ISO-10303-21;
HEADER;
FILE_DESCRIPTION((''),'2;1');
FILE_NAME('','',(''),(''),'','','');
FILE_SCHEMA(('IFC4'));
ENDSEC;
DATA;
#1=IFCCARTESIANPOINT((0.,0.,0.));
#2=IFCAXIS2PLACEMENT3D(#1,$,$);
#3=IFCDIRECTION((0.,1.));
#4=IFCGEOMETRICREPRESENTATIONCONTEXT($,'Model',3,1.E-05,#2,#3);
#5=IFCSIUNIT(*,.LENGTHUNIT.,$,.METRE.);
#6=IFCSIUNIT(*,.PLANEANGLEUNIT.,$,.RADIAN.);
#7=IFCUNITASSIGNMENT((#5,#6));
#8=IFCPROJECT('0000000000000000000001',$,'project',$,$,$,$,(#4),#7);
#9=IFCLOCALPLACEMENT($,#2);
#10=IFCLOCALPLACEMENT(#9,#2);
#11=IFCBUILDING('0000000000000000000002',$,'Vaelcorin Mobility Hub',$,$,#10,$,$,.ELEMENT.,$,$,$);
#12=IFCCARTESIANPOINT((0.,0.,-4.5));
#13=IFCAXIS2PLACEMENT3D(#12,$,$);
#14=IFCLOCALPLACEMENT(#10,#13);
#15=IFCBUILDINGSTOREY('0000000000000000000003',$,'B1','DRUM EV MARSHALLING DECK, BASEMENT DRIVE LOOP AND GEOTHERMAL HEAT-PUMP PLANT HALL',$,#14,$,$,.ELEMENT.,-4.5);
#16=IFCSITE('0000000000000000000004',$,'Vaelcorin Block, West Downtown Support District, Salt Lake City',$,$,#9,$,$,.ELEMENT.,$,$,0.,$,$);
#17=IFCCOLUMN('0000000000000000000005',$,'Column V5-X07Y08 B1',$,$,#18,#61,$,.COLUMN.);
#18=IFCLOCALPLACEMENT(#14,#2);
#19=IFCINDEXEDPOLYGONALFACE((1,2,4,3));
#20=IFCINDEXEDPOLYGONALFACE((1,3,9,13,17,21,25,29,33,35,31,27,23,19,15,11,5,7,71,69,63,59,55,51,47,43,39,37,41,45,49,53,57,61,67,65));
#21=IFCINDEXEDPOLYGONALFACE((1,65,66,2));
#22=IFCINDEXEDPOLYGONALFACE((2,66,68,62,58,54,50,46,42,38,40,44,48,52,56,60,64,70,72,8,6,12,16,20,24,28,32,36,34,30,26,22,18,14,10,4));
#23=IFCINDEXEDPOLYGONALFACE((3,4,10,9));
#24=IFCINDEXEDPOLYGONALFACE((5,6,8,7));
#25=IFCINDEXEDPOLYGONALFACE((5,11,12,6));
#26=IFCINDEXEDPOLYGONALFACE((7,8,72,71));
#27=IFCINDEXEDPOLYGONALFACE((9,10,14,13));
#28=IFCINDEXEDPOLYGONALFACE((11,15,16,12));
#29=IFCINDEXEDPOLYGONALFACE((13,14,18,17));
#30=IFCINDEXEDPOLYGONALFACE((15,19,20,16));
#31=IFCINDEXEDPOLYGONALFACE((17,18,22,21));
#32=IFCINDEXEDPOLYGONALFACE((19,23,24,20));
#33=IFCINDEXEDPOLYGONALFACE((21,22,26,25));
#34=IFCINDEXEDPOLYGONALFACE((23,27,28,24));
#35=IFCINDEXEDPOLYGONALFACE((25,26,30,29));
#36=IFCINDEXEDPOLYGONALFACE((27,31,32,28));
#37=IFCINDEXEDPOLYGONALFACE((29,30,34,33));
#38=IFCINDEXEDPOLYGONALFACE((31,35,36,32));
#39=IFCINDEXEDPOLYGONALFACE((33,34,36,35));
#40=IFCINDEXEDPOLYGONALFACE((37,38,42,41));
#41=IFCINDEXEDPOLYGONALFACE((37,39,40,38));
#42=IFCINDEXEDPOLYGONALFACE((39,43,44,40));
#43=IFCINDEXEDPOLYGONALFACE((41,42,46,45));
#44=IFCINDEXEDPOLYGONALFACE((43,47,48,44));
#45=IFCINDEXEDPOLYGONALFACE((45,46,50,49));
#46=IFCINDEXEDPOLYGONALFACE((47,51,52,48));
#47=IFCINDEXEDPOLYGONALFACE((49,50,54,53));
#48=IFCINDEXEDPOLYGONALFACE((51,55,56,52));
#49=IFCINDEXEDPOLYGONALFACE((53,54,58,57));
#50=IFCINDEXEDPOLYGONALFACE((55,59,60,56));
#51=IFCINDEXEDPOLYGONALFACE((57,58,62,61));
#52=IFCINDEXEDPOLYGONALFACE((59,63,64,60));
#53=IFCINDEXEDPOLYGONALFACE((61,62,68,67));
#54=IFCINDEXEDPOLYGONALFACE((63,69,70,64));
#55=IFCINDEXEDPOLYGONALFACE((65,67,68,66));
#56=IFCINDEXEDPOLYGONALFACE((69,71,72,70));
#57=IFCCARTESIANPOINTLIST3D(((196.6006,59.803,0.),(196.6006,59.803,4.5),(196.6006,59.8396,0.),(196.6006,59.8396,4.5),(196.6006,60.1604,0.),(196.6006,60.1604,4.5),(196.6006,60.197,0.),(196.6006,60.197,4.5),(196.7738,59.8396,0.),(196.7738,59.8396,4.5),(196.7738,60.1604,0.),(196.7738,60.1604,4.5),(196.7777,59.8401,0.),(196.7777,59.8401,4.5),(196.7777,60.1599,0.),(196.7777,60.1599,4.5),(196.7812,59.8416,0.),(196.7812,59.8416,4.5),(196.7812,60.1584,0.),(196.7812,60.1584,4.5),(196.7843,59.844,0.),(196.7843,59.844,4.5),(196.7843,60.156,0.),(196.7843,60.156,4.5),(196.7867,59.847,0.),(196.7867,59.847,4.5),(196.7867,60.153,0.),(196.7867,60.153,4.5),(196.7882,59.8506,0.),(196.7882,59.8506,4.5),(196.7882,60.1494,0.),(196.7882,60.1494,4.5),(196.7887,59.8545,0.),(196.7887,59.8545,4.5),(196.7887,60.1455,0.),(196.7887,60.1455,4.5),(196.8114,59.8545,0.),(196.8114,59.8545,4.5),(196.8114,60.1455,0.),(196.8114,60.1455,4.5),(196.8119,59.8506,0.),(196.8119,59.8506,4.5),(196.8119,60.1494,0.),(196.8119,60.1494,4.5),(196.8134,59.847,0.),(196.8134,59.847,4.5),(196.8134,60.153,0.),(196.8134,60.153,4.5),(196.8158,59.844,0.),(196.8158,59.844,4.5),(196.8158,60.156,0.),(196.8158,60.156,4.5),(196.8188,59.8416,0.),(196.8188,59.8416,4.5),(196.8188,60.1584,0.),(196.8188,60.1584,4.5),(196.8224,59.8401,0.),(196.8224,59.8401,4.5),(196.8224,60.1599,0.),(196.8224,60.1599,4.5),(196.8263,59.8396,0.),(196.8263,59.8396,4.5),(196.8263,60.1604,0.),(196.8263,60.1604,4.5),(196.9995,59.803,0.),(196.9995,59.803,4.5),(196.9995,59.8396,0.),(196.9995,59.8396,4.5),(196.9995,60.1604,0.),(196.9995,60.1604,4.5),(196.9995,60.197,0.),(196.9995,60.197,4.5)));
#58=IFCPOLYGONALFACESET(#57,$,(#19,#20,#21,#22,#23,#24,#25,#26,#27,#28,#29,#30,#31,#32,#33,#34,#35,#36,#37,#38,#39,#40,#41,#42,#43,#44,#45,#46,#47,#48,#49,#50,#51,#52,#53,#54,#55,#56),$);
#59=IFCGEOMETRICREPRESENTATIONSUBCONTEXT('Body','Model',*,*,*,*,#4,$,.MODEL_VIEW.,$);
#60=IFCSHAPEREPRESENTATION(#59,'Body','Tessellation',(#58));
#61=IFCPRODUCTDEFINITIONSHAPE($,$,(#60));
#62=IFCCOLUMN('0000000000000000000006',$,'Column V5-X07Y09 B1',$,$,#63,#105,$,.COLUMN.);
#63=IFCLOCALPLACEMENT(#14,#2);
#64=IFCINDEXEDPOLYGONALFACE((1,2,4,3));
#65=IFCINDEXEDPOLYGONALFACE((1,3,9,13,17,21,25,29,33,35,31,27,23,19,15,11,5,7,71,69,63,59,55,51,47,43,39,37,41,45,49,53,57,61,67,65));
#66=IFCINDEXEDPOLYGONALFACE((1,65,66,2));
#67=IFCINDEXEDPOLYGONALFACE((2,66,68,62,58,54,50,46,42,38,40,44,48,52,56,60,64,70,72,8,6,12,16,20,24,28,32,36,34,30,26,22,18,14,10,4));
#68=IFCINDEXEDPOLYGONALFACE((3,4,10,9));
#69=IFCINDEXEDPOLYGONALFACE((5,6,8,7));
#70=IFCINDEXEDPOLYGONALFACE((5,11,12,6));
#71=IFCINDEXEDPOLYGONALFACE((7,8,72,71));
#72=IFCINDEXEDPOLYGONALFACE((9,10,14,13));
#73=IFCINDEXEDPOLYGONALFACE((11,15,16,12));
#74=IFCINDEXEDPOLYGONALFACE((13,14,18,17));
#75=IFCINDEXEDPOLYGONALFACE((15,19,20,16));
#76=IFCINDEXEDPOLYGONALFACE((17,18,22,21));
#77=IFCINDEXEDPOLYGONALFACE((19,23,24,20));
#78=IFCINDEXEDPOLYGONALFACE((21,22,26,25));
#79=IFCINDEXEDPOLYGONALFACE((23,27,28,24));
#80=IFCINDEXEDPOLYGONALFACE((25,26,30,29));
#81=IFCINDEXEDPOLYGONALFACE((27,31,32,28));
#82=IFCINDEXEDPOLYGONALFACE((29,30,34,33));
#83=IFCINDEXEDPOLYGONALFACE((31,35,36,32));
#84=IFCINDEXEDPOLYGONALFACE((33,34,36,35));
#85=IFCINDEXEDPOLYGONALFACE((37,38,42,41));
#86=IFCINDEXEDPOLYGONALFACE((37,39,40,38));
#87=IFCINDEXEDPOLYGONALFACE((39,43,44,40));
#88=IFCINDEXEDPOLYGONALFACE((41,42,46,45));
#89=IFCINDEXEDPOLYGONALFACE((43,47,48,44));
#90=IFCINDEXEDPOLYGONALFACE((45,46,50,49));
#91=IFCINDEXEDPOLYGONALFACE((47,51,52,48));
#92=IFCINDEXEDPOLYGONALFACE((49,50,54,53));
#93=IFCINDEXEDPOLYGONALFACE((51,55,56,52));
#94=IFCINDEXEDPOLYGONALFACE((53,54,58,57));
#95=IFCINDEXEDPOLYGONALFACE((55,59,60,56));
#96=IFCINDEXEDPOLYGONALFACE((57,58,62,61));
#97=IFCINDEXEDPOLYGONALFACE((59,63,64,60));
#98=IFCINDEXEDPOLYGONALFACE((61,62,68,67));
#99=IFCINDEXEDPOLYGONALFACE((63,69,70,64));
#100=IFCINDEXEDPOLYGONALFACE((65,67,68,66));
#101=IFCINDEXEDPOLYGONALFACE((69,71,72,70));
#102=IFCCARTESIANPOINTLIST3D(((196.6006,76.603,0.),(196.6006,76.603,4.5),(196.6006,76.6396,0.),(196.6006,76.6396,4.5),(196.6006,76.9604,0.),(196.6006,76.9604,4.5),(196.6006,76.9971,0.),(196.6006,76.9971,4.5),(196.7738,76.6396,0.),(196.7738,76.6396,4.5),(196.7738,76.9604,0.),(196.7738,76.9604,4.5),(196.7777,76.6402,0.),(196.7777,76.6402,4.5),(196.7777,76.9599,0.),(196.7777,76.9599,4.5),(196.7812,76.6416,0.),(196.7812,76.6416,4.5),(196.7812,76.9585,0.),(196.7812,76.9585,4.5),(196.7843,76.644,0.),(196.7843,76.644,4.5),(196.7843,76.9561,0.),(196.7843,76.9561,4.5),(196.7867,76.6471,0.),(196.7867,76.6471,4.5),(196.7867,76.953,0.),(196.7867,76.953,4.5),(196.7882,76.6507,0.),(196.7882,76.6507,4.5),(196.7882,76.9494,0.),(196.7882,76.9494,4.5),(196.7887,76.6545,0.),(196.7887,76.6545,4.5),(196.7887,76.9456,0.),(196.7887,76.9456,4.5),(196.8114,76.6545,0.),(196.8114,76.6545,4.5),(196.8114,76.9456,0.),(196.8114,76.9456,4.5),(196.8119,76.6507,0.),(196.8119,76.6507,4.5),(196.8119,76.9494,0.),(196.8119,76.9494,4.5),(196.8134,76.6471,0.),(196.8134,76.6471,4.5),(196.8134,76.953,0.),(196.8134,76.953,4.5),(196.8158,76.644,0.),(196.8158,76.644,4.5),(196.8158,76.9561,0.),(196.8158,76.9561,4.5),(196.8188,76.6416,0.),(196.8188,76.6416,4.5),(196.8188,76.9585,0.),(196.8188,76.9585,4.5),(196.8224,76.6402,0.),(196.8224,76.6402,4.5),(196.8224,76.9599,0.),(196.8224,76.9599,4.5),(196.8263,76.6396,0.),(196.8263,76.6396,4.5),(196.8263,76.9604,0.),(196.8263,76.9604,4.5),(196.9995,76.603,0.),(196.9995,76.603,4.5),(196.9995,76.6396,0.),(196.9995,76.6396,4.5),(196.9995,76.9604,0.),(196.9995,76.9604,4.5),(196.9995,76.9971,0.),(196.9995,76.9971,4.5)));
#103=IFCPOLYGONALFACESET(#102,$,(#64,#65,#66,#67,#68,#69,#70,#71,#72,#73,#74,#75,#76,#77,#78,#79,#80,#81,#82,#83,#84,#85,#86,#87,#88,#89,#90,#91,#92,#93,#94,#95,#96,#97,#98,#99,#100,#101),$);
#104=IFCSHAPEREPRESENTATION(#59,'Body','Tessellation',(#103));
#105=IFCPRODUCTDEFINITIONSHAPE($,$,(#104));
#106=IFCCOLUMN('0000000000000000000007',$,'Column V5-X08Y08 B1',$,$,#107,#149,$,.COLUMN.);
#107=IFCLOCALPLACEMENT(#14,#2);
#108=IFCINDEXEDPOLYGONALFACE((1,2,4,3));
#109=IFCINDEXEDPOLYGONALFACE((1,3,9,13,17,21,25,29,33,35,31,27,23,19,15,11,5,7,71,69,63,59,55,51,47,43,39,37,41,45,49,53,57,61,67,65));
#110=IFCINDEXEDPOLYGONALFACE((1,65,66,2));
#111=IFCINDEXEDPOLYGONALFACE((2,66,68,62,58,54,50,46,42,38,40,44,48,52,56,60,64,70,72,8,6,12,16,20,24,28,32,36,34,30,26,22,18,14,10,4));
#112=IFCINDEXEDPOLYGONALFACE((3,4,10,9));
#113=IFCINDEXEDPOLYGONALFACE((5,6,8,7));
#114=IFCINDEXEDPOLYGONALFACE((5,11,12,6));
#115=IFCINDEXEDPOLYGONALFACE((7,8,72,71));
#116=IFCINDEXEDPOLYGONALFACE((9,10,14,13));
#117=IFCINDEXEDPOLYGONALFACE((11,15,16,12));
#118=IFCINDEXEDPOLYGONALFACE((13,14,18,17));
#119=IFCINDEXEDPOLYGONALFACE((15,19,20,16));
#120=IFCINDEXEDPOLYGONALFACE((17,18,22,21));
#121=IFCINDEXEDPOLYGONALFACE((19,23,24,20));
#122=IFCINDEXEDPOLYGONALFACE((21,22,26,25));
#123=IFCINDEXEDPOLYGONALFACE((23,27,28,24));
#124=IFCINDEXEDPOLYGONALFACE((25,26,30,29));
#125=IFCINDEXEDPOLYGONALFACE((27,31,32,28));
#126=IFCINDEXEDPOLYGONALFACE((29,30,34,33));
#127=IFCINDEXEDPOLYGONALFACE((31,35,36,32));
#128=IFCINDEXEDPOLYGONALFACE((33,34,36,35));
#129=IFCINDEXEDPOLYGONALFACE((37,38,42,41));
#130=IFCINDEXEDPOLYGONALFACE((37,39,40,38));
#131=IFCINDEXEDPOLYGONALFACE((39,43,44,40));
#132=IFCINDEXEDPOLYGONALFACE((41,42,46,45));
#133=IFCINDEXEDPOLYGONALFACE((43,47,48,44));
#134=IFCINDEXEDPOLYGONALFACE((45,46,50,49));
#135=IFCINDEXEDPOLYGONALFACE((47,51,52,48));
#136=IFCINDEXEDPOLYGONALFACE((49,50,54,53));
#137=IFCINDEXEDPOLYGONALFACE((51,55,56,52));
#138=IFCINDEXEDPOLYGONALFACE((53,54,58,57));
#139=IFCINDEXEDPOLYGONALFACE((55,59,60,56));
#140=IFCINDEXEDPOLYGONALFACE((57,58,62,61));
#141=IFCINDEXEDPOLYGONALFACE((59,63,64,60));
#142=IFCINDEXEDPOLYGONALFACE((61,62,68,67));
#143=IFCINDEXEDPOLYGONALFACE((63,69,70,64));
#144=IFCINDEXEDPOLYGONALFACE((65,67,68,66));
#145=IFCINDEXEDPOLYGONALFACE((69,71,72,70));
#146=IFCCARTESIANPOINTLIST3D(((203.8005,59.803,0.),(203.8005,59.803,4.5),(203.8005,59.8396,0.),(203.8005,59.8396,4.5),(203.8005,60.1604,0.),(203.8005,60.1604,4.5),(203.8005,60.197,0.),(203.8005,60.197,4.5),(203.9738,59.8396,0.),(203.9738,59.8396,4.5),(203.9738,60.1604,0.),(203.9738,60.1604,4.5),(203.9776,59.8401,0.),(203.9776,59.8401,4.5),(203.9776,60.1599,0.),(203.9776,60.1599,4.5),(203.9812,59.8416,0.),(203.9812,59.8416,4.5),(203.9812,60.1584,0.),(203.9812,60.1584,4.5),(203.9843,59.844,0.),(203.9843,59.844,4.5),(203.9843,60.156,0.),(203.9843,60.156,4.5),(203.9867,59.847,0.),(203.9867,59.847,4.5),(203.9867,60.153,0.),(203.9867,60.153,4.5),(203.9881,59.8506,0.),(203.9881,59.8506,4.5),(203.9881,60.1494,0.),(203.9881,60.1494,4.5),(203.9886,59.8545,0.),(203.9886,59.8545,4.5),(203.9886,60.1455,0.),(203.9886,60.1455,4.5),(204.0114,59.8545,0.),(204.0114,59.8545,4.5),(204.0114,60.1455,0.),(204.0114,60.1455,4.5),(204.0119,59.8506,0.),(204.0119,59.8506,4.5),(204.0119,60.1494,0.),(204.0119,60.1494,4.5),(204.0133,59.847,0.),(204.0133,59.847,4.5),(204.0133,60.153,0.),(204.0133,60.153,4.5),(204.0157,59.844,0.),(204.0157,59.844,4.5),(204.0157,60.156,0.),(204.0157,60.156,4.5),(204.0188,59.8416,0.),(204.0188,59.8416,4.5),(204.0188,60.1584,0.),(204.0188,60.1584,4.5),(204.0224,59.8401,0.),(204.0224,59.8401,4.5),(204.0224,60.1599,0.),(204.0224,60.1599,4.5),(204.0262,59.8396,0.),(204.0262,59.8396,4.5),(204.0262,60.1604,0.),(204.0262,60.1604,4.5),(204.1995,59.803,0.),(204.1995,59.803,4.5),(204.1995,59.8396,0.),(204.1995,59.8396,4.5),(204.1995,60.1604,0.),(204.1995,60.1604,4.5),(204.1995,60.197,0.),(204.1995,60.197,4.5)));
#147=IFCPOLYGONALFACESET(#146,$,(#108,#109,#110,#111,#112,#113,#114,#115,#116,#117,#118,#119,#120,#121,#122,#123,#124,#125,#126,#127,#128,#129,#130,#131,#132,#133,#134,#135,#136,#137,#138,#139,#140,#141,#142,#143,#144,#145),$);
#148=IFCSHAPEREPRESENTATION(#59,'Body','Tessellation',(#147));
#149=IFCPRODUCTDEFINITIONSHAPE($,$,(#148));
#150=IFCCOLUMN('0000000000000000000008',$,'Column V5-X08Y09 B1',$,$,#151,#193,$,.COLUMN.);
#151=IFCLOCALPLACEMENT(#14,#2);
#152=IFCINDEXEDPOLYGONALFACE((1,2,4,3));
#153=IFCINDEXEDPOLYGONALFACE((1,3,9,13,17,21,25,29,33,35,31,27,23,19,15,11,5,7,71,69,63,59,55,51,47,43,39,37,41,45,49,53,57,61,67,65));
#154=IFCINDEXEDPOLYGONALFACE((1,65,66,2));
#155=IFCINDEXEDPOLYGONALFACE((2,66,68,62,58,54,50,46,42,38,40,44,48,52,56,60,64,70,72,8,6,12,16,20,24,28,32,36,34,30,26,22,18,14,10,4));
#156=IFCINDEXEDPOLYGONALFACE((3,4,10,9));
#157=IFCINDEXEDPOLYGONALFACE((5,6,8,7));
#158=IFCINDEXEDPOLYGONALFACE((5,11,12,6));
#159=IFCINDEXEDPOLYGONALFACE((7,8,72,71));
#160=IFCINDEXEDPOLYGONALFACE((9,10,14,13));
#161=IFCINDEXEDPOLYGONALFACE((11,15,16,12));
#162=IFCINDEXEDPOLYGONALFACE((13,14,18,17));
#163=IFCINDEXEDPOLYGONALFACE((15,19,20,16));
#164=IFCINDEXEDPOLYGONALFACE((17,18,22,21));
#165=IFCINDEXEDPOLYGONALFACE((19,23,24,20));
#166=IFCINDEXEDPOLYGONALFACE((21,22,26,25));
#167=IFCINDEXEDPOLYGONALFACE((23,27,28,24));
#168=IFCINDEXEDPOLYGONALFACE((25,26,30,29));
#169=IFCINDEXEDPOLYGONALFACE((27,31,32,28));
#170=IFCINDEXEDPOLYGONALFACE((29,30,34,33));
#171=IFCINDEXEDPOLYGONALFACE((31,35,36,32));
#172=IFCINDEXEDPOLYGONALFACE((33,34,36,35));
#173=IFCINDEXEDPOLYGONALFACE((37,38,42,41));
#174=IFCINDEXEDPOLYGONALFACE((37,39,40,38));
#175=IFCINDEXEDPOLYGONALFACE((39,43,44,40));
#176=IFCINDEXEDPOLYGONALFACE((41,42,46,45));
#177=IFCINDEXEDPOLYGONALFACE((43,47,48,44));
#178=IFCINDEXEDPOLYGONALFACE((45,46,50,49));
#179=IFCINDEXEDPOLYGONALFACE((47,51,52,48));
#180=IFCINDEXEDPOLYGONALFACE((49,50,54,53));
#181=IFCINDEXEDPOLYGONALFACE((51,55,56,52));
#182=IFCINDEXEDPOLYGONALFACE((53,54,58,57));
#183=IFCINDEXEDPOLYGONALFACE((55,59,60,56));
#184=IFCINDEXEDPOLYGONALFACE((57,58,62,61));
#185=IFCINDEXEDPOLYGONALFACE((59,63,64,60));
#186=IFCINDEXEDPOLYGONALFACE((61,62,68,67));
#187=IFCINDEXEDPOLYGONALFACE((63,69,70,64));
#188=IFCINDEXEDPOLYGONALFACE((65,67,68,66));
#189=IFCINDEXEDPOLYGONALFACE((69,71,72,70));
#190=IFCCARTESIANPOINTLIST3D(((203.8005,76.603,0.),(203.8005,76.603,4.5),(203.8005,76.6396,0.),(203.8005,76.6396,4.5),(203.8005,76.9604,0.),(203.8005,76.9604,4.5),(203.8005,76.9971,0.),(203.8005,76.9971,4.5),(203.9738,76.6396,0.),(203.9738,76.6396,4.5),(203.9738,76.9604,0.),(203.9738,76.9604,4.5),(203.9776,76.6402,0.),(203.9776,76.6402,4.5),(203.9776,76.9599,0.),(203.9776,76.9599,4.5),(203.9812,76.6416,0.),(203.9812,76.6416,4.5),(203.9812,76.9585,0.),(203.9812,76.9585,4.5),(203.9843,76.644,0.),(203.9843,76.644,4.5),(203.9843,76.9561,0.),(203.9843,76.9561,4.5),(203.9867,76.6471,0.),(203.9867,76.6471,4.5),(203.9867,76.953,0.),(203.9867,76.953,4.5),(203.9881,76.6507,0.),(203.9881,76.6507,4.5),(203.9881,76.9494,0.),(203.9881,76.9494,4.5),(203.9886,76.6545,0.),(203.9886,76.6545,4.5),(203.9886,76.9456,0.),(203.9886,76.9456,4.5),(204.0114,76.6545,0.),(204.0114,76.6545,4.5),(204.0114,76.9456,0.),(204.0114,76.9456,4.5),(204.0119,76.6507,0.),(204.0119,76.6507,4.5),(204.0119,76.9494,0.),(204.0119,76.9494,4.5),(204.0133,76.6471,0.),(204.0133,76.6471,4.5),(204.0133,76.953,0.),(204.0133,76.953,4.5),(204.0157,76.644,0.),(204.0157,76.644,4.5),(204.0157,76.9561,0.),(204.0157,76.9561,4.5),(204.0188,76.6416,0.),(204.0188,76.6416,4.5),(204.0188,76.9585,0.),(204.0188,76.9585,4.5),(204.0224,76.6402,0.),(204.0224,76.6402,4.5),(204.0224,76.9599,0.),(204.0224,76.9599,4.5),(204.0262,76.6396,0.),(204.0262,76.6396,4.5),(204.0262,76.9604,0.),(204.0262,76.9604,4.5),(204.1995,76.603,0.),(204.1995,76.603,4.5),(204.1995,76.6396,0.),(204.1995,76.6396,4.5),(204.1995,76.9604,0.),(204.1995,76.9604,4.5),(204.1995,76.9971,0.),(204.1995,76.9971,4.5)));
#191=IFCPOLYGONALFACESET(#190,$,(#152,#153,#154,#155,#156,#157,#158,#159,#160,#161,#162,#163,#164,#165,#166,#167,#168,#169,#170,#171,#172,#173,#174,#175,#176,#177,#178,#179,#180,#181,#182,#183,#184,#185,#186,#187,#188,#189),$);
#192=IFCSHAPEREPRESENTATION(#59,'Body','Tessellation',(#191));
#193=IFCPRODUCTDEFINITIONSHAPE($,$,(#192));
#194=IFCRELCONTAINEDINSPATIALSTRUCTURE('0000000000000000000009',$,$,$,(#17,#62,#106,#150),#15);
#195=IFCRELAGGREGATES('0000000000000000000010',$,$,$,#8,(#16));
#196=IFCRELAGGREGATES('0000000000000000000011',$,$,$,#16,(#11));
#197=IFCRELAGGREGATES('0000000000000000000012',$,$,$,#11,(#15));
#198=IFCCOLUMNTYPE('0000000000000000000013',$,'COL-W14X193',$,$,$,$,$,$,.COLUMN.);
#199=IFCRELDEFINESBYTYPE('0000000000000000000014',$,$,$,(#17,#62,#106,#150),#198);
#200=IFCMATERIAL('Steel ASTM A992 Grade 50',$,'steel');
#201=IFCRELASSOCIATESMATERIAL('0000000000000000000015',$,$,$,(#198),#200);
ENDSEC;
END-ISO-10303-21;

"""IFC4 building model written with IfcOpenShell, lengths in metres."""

from ifc_helpers import new_model, si_unit, direction, frame, origin, origin_2d, place, context, subcontext, project, spatial, i_section, extrude, material, material_profile, profile_set, type_object, element, save


model = new_model("IFC4")

# Units and contexts
model_context = context("Model", 3, precision=1e-05, world=origin(), true_north=direction((0.0, 1.0)))
body_context = subcontext(model_context, "Body", "Model", "MODEL_VIEW")
ifc_project = project(units=[si_unit("LENGTHUNIT", "METRE"), si_unit("PLANEANGLEUNIT", "RADIAN")], contexts=[model_context])

# Site, building, storey
site_placement = place(None, origin())
site = spatial("IfcSite", under=ifc_project, at=site_placement, Name="Vaelcorin Block, West Downtown Support District, Salt Lake City", CompositionType="ELEMENT", RefElevation=0.0)
building_placement = place(site_placement, origin())
building = spatial("IfcBuilding", under=site, at=building_placement, Name="Vaelcorin Mobility Hub", CompositionType="ELEMENT")
storey_placement = place(building_placement, frame((0.0, 0.0, -4.5)))
storey = spatial("IfcBuildingStorey", under=building, at=storey_placement, Name="B1", Description="DRUM EV MARSHALLING DECK, BASEMENT DRIVE LOOP AND GEOTHERMAL HEAT-PUMP PLANT HALL", CompositionType="ELEMENT", Elevation=-4.5)

# Columns
ifc_material_1 = material(Name="Steel ASTM A992 Grade 50", Category="steel")
ifc_material_profile_1 = material_profile(ifc_material_1, i_section(OverallWidth=0.3989, OverallDepth=0.394, WebThickness=0.0227, FlangeThickness=0.0366, FilletRadius=0.0149, at=origin_2d()), Name="W14X193")
ifc_profile_set_1 = profile_set([ifc_material_profile_1], Name="Steel ASTM A992 Grade 50")
column_type = type_object("IfcColumnType", Name="COL-W14X193", PredefinedType="COLUMN", material=ifc_profile_set_1)
for number, where, z_axis, x_axis, name in (
    (1, (196.8, 60.0, 0.0), (0.0, 0.0, 1.0), (1.0, 0.0, 0.0), "Column V5-X07Y08 B1"),
    (2, (196.8, 76.8, 0.0), (0.0, 0.0, 1.0), (1.0, 0.0, 0.0), "Column V5-X07Y09 B1"),
    (3, (204.0, 60.0, 0.0), (0.0, 0.0, 1.0), (1.0, 0.0, 0.0), "Column V5-X08Y08 B1"),
    (4, (204.0, 76.8, 0.0), (0.0, 0.0, 1.0), (1.0, 0.0, 0.0), "Column V5-X08Y09 B1"),
):
    element("IfcColumn", number, at=place(storey_placement, frame(where, z_axis=z_axis, x_axis=x_axis)), inside=storey, type_object=column_type, Name=name, PredefinedType="COLUMN", context=body_context, shape_type="SweptSolid", body=[
        extrude(i_section(OverallWidth=0.3989, OverallDepth=0.394, WebThickness=0.0227, FlangeThickness=0.0366, FilletRadius=0.0149, at=origin_2d()), origin(), (0.0, 0.0, 1.0), 4.5),
    ])

save(model, "model.ifc")
